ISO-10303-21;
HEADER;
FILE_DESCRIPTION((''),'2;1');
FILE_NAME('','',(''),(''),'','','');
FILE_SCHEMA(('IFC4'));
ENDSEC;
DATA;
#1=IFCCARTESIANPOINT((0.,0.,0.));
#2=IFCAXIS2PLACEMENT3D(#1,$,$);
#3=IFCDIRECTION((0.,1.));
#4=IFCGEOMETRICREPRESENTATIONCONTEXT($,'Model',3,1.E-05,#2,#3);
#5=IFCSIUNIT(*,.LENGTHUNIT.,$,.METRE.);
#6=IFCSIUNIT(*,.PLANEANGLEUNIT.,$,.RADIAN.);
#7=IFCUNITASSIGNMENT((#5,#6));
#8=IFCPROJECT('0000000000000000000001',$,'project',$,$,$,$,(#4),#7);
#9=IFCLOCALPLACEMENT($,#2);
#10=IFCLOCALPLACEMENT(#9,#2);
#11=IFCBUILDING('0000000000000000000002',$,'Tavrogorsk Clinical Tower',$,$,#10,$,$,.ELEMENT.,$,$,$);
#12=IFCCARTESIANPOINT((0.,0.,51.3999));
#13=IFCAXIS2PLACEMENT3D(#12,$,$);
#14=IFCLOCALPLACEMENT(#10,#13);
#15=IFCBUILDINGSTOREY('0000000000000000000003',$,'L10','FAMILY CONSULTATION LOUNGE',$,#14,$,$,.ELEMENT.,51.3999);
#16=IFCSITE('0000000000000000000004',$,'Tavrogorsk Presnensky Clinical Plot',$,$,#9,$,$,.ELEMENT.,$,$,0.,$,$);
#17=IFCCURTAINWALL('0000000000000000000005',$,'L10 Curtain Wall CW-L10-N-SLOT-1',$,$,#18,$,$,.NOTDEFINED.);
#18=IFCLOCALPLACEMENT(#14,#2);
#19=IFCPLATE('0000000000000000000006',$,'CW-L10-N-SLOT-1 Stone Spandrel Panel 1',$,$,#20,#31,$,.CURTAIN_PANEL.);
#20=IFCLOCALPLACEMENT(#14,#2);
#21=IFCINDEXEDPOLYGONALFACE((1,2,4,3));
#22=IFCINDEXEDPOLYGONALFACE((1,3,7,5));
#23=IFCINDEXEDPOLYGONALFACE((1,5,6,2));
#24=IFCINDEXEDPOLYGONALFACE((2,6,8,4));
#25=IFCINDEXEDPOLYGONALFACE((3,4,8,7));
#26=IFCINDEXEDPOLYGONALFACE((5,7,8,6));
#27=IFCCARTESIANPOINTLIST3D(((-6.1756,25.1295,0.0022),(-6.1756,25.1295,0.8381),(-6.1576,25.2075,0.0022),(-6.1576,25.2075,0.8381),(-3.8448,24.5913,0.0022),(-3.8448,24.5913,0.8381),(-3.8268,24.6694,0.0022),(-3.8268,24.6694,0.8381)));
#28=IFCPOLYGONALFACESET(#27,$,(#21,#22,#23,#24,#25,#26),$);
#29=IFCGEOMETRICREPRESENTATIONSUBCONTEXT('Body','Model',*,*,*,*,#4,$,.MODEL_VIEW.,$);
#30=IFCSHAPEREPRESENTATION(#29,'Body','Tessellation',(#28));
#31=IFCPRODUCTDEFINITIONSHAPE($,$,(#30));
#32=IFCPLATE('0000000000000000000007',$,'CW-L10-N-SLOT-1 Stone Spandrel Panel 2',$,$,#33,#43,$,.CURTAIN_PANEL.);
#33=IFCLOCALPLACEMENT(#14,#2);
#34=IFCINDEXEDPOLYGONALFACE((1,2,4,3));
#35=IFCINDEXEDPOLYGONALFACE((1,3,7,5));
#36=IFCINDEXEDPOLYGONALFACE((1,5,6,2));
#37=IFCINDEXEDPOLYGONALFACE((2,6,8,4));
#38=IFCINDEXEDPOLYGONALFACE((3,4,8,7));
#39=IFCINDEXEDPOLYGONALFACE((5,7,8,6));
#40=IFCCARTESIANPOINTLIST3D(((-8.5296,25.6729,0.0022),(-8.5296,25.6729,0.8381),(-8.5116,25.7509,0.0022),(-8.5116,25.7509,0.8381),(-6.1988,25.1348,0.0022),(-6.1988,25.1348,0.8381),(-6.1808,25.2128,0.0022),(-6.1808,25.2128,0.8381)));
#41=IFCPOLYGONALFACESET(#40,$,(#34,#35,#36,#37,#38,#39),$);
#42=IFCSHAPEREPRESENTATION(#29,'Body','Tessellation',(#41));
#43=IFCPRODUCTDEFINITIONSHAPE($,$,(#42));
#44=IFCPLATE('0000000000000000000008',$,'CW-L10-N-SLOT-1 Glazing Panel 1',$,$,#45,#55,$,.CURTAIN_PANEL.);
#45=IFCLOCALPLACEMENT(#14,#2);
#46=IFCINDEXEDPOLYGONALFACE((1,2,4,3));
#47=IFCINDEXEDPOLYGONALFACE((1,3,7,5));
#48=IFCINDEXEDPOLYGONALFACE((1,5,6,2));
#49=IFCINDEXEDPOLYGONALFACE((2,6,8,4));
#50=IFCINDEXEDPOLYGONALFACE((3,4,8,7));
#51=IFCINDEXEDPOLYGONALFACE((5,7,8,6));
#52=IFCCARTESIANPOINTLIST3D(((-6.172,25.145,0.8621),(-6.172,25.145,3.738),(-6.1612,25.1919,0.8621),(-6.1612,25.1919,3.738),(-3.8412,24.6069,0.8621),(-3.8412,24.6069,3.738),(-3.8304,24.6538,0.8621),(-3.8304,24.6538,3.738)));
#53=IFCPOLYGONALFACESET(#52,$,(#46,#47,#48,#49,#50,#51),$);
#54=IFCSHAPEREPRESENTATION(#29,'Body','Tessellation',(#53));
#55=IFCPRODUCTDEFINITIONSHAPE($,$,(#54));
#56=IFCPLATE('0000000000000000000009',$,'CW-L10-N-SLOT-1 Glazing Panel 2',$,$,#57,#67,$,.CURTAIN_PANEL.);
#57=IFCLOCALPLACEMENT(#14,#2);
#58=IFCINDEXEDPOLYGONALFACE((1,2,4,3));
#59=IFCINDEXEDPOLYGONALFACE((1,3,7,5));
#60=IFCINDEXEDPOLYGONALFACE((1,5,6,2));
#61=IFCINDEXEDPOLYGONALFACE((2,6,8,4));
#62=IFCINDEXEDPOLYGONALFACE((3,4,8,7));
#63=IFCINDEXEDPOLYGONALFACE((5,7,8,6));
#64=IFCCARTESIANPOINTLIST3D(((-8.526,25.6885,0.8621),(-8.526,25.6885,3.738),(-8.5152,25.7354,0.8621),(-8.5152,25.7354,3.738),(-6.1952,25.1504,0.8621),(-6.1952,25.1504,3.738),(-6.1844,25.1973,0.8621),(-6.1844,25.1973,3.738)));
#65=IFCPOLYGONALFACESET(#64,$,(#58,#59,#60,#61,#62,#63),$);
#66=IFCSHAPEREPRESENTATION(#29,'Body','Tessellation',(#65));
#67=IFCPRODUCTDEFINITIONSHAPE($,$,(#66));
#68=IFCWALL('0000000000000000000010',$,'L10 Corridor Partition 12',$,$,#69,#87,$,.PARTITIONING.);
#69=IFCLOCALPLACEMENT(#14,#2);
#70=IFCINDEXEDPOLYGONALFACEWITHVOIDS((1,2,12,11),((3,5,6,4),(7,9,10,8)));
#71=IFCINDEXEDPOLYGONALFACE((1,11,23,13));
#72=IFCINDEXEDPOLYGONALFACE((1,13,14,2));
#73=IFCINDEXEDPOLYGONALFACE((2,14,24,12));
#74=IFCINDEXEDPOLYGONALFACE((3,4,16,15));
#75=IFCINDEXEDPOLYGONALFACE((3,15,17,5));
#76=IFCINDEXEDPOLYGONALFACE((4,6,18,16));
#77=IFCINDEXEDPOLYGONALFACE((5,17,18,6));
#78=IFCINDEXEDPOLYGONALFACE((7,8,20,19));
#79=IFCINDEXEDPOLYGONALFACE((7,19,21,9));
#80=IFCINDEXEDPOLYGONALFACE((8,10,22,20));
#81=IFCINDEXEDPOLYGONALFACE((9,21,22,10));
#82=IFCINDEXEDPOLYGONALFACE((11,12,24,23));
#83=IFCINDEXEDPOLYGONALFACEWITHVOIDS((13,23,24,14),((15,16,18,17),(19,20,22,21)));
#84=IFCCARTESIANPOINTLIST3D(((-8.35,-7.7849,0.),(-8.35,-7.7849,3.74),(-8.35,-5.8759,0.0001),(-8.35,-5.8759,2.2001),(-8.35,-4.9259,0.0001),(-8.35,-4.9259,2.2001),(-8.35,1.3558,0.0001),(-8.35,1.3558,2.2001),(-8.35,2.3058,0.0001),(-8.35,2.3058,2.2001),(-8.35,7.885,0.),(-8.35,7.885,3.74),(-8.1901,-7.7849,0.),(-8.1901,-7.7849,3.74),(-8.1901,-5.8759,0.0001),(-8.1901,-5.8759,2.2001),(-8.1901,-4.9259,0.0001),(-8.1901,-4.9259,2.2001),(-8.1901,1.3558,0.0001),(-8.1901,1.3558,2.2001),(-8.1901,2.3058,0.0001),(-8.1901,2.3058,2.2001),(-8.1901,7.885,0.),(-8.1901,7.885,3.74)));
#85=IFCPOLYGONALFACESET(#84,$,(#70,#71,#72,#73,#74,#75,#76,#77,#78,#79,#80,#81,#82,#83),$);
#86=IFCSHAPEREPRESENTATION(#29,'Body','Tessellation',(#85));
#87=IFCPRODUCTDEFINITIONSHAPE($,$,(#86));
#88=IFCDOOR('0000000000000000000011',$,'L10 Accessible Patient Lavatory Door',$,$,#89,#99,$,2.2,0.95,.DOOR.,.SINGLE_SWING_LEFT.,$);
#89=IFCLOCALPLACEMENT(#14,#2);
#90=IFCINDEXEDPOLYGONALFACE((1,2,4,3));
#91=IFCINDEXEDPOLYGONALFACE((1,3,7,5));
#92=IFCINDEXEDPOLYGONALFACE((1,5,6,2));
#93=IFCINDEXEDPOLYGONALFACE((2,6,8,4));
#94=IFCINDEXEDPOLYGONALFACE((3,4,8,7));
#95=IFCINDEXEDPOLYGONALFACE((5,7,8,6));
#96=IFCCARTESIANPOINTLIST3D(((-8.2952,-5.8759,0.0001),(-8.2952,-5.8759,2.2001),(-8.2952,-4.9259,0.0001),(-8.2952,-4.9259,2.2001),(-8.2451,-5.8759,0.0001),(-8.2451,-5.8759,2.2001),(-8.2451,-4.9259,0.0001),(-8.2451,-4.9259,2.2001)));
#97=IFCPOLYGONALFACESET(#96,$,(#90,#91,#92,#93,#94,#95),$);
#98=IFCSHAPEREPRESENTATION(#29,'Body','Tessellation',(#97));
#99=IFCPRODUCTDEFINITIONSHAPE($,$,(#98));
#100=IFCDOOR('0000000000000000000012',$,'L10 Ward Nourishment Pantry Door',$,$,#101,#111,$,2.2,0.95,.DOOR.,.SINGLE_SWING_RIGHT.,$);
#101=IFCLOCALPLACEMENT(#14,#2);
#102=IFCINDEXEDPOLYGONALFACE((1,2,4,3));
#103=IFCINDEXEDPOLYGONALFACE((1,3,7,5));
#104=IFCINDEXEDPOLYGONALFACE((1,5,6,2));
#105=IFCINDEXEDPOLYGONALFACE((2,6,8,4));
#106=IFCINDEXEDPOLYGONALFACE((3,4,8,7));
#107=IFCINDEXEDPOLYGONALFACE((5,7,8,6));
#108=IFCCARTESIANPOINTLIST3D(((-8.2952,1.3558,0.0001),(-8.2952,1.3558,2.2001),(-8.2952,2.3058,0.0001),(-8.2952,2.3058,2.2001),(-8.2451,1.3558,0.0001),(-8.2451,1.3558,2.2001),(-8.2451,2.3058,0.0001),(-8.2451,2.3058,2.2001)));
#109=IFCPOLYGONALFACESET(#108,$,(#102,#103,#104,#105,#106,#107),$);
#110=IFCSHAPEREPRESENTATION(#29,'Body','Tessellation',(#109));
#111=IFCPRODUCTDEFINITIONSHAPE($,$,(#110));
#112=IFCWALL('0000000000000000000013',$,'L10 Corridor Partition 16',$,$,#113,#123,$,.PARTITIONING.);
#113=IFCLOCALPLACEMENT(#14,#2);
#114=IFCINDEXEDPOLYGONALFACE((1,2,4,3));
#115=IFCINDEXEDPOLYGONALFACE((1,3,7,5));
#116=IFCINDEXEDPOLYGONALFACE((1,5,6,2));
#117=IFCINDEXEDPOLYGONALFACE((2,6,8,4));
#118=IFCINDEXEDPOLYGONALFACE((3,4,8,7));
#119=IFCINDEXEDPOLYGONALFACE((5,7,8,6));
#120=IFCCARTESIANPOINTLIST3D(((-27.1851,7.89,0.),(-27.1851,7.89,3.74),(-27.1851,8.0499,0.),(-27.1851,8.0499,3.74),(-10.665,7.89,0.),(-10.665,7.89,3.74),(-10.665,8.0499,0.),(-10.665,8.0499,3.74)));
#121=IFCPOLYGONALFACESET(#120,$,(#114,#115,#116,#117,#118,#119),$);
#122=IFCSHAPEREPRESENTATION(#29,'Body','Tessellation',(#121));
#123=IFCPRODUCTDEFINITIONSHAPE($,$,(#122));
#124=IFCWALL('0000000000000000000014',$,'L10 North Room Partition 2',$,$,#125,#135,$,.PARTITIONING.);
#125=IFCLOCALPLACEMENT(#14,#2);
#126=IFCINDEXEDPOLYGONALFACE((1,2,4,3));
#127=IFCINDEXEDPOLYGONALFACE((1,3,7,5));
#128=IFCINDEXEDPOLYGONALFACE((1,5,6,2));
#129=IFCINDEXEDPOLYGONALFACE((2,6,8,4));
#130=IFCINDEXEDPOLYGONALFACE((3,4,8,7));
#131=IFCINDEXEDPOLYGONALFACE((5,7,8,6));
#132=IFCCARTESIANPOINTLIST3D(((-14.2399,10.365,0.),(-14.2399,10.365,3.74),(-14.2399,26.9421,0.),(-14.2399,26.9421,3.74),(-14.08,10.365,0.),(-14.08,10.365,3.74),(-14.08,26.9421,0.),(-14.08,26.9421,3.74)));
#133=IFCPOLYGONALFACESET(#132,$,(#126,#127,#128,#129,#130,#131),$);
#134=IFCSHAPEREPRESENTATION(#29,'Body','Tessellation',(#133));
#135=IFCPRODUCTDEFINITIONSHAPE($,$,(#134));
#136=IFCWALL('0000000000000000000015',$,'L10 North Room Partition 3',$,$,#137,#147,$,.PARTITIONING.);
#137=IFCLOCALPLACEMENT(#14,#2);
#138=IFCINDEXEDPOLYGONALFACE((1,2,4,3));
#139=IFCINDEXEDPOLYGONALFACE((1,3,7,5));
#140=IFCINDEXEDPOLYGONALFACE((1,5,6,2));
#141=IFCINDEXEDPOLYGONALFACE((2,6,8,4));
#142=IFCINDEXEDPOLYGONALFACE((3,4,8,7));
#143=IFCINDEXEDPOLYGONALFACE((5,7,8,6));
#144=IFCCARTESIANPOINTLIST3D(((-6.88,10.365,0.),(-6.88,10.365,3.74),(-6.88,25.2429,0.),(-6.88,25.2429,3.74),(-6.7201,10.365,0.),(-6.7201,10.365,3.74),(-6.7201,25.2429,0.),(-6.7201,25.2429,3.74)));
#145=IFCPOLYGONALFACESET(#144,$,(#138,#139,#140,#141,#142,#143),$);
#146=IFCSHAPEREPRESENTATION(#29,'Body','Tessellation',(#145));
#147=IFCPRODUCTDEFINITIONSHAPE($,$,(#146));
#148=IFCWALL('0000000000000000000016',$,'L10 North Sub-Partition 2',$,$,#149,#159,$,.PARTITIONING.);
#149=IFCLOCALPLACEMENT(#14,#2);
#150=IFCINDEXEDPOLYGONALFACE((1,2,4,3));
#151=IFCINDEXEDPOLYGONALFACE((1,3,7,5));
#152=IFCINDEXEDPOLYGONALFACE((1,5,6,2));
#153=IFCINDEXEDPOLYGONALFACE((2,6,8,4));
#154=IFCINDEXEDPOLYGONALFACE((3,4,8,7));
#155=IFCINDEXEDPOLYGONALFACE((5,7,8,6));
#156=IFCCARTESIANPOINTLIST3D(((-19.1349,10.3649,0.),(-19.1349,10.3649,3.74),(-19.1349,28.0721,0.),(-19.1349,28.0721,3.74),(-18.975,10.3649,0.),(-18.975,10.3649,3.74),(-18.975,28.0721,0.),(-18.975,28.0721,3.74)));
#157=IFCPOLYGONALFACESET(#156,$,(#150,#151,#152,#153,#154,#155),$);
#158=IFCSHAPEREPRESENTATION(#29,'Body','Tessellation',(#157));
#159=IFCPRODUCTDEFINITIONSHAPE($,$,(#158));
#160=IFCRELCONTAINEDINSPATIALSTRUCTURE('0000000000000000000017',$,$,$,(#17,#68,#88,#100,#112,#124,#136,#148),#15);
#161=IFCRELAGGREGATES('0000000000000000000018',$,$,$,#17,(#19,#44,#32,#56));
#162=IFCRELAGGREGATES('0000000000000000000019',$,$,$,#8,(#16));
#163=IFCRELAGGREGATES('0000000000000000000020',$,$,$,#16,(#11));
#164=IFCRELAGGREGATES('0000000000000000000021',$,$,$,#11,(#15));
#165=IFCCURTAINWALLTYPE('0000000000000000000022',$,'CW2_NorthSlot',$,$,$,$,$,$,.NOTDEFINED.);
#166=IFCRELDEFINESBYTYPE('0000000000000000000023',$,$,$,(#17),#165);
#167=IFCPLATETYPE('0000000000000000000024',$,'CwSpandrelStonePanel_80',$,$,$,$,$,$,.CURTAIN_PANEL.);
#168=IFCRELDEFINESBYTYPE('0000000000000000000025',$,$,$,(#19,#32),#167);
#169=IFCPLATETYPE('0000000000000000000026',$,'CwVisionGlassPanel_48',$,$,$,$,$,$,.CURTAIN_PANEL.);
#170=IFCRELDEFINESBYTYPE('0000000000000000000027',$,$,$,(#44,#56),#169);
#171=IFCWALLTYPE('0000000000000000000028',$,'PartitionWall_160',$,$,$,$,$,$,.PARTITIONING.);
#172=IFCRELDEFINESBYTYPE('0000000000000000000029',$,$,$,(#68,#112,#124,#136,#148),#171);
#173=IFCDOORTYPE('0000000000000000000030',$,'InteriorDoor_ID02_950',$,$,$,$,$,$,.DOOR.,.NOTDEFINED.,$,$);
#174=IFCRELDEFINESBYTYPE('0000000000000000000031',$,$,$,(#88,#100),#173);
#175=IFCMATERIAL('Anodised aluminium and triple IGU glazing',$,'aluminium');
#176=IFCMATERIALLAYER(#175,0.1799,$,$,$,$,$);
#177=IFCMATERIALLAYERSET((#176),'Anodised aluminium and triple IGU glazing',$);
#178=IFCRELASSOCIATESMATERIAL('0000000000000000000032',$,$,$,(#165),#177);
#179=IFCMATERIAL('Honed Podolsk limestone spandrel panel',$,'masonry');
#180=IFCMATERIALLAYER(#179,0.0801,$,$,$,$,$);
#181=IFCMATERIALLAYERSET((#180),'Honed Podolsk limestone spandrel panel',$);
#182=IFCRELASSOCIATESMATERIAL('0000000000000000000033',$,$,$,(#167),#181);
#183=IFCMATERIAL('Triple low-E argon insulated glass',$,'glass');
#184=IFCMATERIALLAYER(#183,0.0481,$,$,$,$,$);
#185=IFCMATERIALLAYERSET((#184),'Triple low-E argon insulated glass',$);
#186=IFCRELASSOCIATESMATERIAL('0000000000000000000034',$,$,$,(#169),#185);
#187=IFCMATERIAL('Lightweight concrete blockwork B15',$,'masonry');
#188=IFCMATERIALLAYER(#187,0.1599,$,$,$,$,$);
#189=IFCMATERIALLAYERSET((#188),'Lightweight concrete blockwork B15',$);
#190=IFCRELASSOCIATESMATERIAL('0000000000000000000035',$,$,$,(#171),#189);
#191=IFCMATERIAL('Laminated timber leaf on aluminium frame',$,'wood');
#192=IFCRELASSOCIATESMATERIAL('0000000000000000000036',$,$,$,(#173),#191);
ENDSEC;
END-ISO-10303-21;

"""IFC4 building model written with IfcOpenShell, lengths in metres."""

from ifc_helpers import new_model, si_unit, direction, frame, frame_2d, origin, origin_2d, place, context, subcontext, project, spatial, rectangle, extrude, material, layer, layer_set, type_object, element, fill, aggregate, save


model = new_model("IFC4")

# Units and contexts
model_context = context("Model", 3, precision=1e-05, world=origin(), true_north=direction((0.0, 1.0)))
body_context = subcontext(model_context, "Body", "Model", "MODEL_VIEW")
ifc_project = project(units=[si_unit("LENGTHUNIT", "METRE"), si_unit("PLANEANGLEUNIT", "RADIAN")], contexts=[model_context])

# Site, building, storey
site_placement = place(None, origin())
site = spatial("IfcSite", under=ifc_project, at=site_placement, Name="Tavrogorsk Presnensky Clinical Plot", CompositionType="ELEMENT", RefElevation=0.0)
building_placement = place(site_placement, origin())
building = spatial("IfcBuilding", under=site, at=building_placement, Name="Tavrogorsk Clinical Tower", CompositionType="ELEMENT")
storey_placement = place(building_placement, frame((0.0, 0.0, 51.3999)))
storey = spatial("IfcBuildingStorey", under=building, at=storey_placement, Name="L10", Description="FAMILY CONSULTATION LOUNGE", CompositionType="ELEMENT", Elevation=51.3999)

# Curtain wall
ifc_material_1 = material(Name="Anodised aluminium and triple IGU glazing", Category="aluminium")
ifc_layer_1 = layer(ifc_material_1, 0.1799)
ifc_layer_set_1 = layer_set([ifc_layer_1], Name="Anodised aluminium and triple IGU glazing")
curtain_wall_type = type_object("IfcCurtainWallType", Name="CW2_NorthSlot", PredefinedType="NOTDEFINED", material=ifc_layer_set_1)
curtain_wall_placement = place(storey_placement, origin())
curtain_wall = element("IfcCurtainWall", 1, at=curtain_wall_placement, inside=storey, type_object=curtain_wall_type, Name="L10 Curtain Wall CW-L10-N-SLOT-1", PredefinedType="NOTDEFINED")

# Plates
ifc_material_2 = material(Name="Honed Podolsk limestone spandrel panel", Category="masonry")
ifc_layer_2 = layer(ifc_material_2, 0.0801)
ifc_layer_set_2 = layer_set([ifc_layer_2], Name="Honed Podolsk limestone spandrel panel")
plate_type_1 = type_object("IfcPlateType", Name="CwSpandrelStonePanel_80", PredefinedType="CURTAIN_PANEL", material=ifc_layer_set_2)
plate_1_placement = place(storey_placement, frame((-5.0012, 24.8994, 0.0022), z_axis=(0.0, 0.0, 1.0), x_axis=(-0.97437, 0.224951, 0.0)))
plate_1 = element("IfcPlate", 2, at=plate_1_placement, type_object=plate_type_1, Name="CW-L10-N-SLOT-1 Stone Spandrel Panel 1", PredefinedType="CURTAIN_PANEL", context=body_context, shape_type="SweptSolid", body=[
    extrude(rectangle(XDim=2.3921, YDim=0.0801, at=origin_2d()), origin(), (0.0, 0.0, 1.0), 0.8359),
])
plate_2_placement = place(storey_placement, frame((-7.3552, 25.4429, 0.0022), z_axis=(0.0, 0.0, 1.0), x_axis=(-0.97437, 0.224951, 0.0)))
plate_2 = element("IfcPlate", 3, at=plate_2_placement, type_object=plate_type_1, Name="CW-L10-N-SLOT-1 Stone Spandrel Panel 2", PredefinedType="CURTAIN_PANEL", context=body_context, shape_type="SweptSolid", body=[
    extrude(rectangle(XDim=2.3921, YDim=0.0801, at=origin_2d()), origin(), (0.0, 0.0, 1.0), 0.8359),
])
ifc_material_3 = material(Name="Triple low-E argon insulated glass", Category="glass")
ifc_layer_3 = layer(ifc_material_3, 0.0481)
ifc_layer_set_3 = layer_set([ifc_layer_3], Name="Triple low-E argon insulated glass")
plate_type_2 = type_object("IfcPlateType", Name="CwVisionGlassPanel_48", PredefinedType="CURTAIN_PANEL", material=ifc_layer_set_3)
plate_3_placement = place(storey_placement, frame((-5.0012, 24.8994, 0.8621), z_axis=(0.0, 0.0, 1.0), x_axis=(-0.97437, 0.224951, 0.0)))
plate_3 = element("IfcPlate", 4, at=plate_3_placement, type_object=plate_type_2, Name="CW-L10-N-SLOT-1 Glazing Panel 1", PredefinedType="CURTAIN_PANEL", context=body_context, shape_type="SweptSolid", body=[
    extrude(rectangle(XDim=2.3921, YDim=0.0481, at=origin_2d()), origin(), (0.0, 0.0, 1.0), 2.876),
])
plate_4_placement = place(storey_placement, frame((-7.3552, 25.4429, 0.8621), z_axis=(0.0, 0.0, 1.0), x_axis=(-0.97437, 0.224951, 0.0)))
plate_4 = element("IfcPlate", 5, at=plate_4_placement, type_object=plate_type_2, Name="CW-L10-N-SLOT-1 Glazing Panel 2", PredefinedType="CURTAIN_PANEL", context=body_context, shape_type="SweptSolid", body=[
    extrude(rectangle(XDim=2.3921, YDim=0.0481, at=origin_2d()), origin(), (0.0, 0.0, 1.0), 2.876),
])
aggregate(curtain_wall, [plate_1, plate_3, plate_2, plate_4])

# Wall, openings, doors
ifc_material_4 = material(Name="Lightweight concrete blockwork B15", Category="masonry")
ifc_layer_4 = layer(ifc_material_4, 0.1599)
ifc_layer_set_4 = layer_set([ifc_layer_4], Name="Lightweight concrete blockwork B15")
wall_type_1 = type_object("IfcWallType", Name="PartitionWall_160", PredefinedType="PARTITIONING", material=ifc_layer_set_4)
wall_1_placement = place(storey_placement, frame((-8.27, 7.885, 0.0), z_axis=(0.0, 0.0, 1.0), x_axis=(0.0, -1.0, 0.0)))
wall_1 = element("IfcWall", 6, at=wall_1_placement, inside=storey, type_object=wall_type_1, Name="L10 Corridor Partition 12", PredefinedType="PARTITIONING", context=body_context, shape_type="SweptSolid", body=[
    extrude(rectangle(XDim=15.6699, YDim=0.1599, at=frame_2d((7.835, 0.0))), origin(), (0.0, 0.0, 1.0), 3.74),
])
opening_1_placement = place(wall_1_placement, frame((12.8108, 0.0, 0.0)))
opening_1 = element("IfcOpeningElement", 7, at=opening_1_placement, cuts=wall_1, PredefinedType="OPENING", context=body_context, shape_type="SweptSolid", body=[
    extrude(rectangle(XDim=0.95, YDim=2.2, at=frame_2d((0.4751, 1.1001))), frame((0.0, 0.0898, 0.0), z_axis=(0.0, -1.0, 0.0), x_axis=(1.0, 0.0, 0.0)), (0.0, 0.0, 1.0), 0.1799),
])
opening_2_placement = place(wall_1_placement, frame((5.5791, 0.0, 0.0)))
opening_2 = element("IfcOpeningElement", 8, at=opening_2_placement, cuts=wall_1, PredefinedType="OPENING", context=body_context, shape_type="SweptSolid", body=[
    extrude(rectangle(XDim=0.95, YDim=2.2, at=frame_2d((0.4751, 1.1001))), frame((0.0, 0.0898, 0.0), z_axis=(0.0, -1.0, 0.0), x_axis=(1.0, 0.0, 0.0)), (0.0, 0.0, 1.0), 0.1799),
])
ifc_material_5 = material(Name="Laminated timber leaf on aluminium frame", Category="wood")
door_type = type_object("IfcDoorType", Name="InteriorDoor_ID02_950", OperationType="NOTDEFINED", PredefinedType="DOOR", material=ifc_material_5)
door_1_placement = place(opening_1_placement, origin())
door_1 = element("IfcDoor", 9, at=door_1_placement, inside=storey, type_object=door_type, Name="L10 Accessible Patient Lavatory Door", OperationType="SINGLE_SWING_LEFT", OverallHeight=2.2, OverallWidth=0.95, PredefinedType="DOOR", context=body_context, shape_type="SweptSolid", body=[
    extrude(rectangle(XDim=0.95, YDim=2.2, at=frame_2d((0.4751, 1.1001))), frame((0.0, 0.0249, 0.0), z_axis=(0.0, -1.0, 0.0), x_axis=(1.0, 0.0, 0.0)), (0.0, 0.0, 1.0), 0.05),
])
fill(opening_1, door_1)
door_2_placement = place(opening_2_placement, origin())
door_2 = element("IfcDoor", 10, at=door_2_placement, inside=storey, type_object=door_type, Name="L10 Ward Nourishment Pantry Door", OperationType="SINGLE_SWING_RIGHT", OverallHeight=2.2, OverallWidth=0.95, PredefinedType="DOOR", context=body_context, shape_type="SweptSolid", body=[
    extrude(rectangle(XDim=0.95, YDim=2.2, at=frame_2d((0.4751, 1.1001))), frame((0.0, 0.0249, 0.0), z_axis=(0.0, -1.0, 0.0), x_axis=(1.0, 0.0, 0.0)), (0.0, 0.0, 1.0), 0.05),
])
fill(opening_2, door_2)

# Walls
wall_2_placement = place(storey_placement, frame((-10.665, 7.97, 0.0), z_axis=(0.0, 0.0, 1.0), x_axis=(-1.0, 0.0, 0.0)))
element("IfcWall", 11, at=wall_2_placement, inside=storey, type_object=wall_type_1, Name="L10 Corridor Partition 16", PredefinedType="PARTITIONING", context=body_context, shape_type="SweptSolid", body=[
    extrude(rectangle(XDim=16.52, YDim=0.1599, at=frame_2d((8.26, 0.0))), origin(), (0.0, 0.0, 1.0), 3.74),
])
wall_3_placement = place(storey_placement, frame((-14.1599, 10.365, 0.0), z_axis=(0.0, 0.0, 1.0), x_axis=(0.0, 1.0, 0.0)))
element("IfcWall", 12, at=wall_3_placement, inside=storey, type_object=wall_type_1, Name="L10 North Room Partition 2", PredefinedType="PARTITIONING", context=body_context, shape_type="SweptSolid", body=[
    extrude(rectangle(XDim=16.5771, YDim=0.1599, at=frame_2d((8.2886, 0.0))), origin(), (0.0, 0.0, 1.0), 3.74),
])
wall_4_placement = place(storey_placement, frame((-6.8, 10.365, 0.0), z_axis=(0.0, 0.0, 1.0), x_axis=(0.0, 1.0, 0.0)))
element("IfcWall", 13, at=wall_4_placement, inside=storey, type_object=wall_type_1, Name="L10 North Room Partition 3", PredefinedType="PARTITIONING", context=body_context, shape_type="SweptSolid", body=[
    extrude(rectangle(XDim=14.8779, YDim=0.1599, at=frame_2d((7.439, 0.0))), origin(), (0.0, 0.0, 1.0), 3.74),
])
wall_5_placement = place(storey_placement, frame((-19.0549, 10.365, 0.0), z_axis=(0.0, 0.0, 1.0), x_axis=(0.0, 1.0, 0.0)))
element("IfcWall", 14, at=wall_5_placement, inside=storey, type_object=wall_type_1, Name="L10 North Sub-Partition 2", PredefinedType="PARTITIONING", context=body_context, shape_type="SweptSolid", body=[
    extrude(rectangle(XDim=17.7073, YDim=0.1599, at=frame_2d((8.8535, 0.0))), origin(), (0.0, 0.0, 1.0), 3.74),
])

save(model, "model.ifc")
